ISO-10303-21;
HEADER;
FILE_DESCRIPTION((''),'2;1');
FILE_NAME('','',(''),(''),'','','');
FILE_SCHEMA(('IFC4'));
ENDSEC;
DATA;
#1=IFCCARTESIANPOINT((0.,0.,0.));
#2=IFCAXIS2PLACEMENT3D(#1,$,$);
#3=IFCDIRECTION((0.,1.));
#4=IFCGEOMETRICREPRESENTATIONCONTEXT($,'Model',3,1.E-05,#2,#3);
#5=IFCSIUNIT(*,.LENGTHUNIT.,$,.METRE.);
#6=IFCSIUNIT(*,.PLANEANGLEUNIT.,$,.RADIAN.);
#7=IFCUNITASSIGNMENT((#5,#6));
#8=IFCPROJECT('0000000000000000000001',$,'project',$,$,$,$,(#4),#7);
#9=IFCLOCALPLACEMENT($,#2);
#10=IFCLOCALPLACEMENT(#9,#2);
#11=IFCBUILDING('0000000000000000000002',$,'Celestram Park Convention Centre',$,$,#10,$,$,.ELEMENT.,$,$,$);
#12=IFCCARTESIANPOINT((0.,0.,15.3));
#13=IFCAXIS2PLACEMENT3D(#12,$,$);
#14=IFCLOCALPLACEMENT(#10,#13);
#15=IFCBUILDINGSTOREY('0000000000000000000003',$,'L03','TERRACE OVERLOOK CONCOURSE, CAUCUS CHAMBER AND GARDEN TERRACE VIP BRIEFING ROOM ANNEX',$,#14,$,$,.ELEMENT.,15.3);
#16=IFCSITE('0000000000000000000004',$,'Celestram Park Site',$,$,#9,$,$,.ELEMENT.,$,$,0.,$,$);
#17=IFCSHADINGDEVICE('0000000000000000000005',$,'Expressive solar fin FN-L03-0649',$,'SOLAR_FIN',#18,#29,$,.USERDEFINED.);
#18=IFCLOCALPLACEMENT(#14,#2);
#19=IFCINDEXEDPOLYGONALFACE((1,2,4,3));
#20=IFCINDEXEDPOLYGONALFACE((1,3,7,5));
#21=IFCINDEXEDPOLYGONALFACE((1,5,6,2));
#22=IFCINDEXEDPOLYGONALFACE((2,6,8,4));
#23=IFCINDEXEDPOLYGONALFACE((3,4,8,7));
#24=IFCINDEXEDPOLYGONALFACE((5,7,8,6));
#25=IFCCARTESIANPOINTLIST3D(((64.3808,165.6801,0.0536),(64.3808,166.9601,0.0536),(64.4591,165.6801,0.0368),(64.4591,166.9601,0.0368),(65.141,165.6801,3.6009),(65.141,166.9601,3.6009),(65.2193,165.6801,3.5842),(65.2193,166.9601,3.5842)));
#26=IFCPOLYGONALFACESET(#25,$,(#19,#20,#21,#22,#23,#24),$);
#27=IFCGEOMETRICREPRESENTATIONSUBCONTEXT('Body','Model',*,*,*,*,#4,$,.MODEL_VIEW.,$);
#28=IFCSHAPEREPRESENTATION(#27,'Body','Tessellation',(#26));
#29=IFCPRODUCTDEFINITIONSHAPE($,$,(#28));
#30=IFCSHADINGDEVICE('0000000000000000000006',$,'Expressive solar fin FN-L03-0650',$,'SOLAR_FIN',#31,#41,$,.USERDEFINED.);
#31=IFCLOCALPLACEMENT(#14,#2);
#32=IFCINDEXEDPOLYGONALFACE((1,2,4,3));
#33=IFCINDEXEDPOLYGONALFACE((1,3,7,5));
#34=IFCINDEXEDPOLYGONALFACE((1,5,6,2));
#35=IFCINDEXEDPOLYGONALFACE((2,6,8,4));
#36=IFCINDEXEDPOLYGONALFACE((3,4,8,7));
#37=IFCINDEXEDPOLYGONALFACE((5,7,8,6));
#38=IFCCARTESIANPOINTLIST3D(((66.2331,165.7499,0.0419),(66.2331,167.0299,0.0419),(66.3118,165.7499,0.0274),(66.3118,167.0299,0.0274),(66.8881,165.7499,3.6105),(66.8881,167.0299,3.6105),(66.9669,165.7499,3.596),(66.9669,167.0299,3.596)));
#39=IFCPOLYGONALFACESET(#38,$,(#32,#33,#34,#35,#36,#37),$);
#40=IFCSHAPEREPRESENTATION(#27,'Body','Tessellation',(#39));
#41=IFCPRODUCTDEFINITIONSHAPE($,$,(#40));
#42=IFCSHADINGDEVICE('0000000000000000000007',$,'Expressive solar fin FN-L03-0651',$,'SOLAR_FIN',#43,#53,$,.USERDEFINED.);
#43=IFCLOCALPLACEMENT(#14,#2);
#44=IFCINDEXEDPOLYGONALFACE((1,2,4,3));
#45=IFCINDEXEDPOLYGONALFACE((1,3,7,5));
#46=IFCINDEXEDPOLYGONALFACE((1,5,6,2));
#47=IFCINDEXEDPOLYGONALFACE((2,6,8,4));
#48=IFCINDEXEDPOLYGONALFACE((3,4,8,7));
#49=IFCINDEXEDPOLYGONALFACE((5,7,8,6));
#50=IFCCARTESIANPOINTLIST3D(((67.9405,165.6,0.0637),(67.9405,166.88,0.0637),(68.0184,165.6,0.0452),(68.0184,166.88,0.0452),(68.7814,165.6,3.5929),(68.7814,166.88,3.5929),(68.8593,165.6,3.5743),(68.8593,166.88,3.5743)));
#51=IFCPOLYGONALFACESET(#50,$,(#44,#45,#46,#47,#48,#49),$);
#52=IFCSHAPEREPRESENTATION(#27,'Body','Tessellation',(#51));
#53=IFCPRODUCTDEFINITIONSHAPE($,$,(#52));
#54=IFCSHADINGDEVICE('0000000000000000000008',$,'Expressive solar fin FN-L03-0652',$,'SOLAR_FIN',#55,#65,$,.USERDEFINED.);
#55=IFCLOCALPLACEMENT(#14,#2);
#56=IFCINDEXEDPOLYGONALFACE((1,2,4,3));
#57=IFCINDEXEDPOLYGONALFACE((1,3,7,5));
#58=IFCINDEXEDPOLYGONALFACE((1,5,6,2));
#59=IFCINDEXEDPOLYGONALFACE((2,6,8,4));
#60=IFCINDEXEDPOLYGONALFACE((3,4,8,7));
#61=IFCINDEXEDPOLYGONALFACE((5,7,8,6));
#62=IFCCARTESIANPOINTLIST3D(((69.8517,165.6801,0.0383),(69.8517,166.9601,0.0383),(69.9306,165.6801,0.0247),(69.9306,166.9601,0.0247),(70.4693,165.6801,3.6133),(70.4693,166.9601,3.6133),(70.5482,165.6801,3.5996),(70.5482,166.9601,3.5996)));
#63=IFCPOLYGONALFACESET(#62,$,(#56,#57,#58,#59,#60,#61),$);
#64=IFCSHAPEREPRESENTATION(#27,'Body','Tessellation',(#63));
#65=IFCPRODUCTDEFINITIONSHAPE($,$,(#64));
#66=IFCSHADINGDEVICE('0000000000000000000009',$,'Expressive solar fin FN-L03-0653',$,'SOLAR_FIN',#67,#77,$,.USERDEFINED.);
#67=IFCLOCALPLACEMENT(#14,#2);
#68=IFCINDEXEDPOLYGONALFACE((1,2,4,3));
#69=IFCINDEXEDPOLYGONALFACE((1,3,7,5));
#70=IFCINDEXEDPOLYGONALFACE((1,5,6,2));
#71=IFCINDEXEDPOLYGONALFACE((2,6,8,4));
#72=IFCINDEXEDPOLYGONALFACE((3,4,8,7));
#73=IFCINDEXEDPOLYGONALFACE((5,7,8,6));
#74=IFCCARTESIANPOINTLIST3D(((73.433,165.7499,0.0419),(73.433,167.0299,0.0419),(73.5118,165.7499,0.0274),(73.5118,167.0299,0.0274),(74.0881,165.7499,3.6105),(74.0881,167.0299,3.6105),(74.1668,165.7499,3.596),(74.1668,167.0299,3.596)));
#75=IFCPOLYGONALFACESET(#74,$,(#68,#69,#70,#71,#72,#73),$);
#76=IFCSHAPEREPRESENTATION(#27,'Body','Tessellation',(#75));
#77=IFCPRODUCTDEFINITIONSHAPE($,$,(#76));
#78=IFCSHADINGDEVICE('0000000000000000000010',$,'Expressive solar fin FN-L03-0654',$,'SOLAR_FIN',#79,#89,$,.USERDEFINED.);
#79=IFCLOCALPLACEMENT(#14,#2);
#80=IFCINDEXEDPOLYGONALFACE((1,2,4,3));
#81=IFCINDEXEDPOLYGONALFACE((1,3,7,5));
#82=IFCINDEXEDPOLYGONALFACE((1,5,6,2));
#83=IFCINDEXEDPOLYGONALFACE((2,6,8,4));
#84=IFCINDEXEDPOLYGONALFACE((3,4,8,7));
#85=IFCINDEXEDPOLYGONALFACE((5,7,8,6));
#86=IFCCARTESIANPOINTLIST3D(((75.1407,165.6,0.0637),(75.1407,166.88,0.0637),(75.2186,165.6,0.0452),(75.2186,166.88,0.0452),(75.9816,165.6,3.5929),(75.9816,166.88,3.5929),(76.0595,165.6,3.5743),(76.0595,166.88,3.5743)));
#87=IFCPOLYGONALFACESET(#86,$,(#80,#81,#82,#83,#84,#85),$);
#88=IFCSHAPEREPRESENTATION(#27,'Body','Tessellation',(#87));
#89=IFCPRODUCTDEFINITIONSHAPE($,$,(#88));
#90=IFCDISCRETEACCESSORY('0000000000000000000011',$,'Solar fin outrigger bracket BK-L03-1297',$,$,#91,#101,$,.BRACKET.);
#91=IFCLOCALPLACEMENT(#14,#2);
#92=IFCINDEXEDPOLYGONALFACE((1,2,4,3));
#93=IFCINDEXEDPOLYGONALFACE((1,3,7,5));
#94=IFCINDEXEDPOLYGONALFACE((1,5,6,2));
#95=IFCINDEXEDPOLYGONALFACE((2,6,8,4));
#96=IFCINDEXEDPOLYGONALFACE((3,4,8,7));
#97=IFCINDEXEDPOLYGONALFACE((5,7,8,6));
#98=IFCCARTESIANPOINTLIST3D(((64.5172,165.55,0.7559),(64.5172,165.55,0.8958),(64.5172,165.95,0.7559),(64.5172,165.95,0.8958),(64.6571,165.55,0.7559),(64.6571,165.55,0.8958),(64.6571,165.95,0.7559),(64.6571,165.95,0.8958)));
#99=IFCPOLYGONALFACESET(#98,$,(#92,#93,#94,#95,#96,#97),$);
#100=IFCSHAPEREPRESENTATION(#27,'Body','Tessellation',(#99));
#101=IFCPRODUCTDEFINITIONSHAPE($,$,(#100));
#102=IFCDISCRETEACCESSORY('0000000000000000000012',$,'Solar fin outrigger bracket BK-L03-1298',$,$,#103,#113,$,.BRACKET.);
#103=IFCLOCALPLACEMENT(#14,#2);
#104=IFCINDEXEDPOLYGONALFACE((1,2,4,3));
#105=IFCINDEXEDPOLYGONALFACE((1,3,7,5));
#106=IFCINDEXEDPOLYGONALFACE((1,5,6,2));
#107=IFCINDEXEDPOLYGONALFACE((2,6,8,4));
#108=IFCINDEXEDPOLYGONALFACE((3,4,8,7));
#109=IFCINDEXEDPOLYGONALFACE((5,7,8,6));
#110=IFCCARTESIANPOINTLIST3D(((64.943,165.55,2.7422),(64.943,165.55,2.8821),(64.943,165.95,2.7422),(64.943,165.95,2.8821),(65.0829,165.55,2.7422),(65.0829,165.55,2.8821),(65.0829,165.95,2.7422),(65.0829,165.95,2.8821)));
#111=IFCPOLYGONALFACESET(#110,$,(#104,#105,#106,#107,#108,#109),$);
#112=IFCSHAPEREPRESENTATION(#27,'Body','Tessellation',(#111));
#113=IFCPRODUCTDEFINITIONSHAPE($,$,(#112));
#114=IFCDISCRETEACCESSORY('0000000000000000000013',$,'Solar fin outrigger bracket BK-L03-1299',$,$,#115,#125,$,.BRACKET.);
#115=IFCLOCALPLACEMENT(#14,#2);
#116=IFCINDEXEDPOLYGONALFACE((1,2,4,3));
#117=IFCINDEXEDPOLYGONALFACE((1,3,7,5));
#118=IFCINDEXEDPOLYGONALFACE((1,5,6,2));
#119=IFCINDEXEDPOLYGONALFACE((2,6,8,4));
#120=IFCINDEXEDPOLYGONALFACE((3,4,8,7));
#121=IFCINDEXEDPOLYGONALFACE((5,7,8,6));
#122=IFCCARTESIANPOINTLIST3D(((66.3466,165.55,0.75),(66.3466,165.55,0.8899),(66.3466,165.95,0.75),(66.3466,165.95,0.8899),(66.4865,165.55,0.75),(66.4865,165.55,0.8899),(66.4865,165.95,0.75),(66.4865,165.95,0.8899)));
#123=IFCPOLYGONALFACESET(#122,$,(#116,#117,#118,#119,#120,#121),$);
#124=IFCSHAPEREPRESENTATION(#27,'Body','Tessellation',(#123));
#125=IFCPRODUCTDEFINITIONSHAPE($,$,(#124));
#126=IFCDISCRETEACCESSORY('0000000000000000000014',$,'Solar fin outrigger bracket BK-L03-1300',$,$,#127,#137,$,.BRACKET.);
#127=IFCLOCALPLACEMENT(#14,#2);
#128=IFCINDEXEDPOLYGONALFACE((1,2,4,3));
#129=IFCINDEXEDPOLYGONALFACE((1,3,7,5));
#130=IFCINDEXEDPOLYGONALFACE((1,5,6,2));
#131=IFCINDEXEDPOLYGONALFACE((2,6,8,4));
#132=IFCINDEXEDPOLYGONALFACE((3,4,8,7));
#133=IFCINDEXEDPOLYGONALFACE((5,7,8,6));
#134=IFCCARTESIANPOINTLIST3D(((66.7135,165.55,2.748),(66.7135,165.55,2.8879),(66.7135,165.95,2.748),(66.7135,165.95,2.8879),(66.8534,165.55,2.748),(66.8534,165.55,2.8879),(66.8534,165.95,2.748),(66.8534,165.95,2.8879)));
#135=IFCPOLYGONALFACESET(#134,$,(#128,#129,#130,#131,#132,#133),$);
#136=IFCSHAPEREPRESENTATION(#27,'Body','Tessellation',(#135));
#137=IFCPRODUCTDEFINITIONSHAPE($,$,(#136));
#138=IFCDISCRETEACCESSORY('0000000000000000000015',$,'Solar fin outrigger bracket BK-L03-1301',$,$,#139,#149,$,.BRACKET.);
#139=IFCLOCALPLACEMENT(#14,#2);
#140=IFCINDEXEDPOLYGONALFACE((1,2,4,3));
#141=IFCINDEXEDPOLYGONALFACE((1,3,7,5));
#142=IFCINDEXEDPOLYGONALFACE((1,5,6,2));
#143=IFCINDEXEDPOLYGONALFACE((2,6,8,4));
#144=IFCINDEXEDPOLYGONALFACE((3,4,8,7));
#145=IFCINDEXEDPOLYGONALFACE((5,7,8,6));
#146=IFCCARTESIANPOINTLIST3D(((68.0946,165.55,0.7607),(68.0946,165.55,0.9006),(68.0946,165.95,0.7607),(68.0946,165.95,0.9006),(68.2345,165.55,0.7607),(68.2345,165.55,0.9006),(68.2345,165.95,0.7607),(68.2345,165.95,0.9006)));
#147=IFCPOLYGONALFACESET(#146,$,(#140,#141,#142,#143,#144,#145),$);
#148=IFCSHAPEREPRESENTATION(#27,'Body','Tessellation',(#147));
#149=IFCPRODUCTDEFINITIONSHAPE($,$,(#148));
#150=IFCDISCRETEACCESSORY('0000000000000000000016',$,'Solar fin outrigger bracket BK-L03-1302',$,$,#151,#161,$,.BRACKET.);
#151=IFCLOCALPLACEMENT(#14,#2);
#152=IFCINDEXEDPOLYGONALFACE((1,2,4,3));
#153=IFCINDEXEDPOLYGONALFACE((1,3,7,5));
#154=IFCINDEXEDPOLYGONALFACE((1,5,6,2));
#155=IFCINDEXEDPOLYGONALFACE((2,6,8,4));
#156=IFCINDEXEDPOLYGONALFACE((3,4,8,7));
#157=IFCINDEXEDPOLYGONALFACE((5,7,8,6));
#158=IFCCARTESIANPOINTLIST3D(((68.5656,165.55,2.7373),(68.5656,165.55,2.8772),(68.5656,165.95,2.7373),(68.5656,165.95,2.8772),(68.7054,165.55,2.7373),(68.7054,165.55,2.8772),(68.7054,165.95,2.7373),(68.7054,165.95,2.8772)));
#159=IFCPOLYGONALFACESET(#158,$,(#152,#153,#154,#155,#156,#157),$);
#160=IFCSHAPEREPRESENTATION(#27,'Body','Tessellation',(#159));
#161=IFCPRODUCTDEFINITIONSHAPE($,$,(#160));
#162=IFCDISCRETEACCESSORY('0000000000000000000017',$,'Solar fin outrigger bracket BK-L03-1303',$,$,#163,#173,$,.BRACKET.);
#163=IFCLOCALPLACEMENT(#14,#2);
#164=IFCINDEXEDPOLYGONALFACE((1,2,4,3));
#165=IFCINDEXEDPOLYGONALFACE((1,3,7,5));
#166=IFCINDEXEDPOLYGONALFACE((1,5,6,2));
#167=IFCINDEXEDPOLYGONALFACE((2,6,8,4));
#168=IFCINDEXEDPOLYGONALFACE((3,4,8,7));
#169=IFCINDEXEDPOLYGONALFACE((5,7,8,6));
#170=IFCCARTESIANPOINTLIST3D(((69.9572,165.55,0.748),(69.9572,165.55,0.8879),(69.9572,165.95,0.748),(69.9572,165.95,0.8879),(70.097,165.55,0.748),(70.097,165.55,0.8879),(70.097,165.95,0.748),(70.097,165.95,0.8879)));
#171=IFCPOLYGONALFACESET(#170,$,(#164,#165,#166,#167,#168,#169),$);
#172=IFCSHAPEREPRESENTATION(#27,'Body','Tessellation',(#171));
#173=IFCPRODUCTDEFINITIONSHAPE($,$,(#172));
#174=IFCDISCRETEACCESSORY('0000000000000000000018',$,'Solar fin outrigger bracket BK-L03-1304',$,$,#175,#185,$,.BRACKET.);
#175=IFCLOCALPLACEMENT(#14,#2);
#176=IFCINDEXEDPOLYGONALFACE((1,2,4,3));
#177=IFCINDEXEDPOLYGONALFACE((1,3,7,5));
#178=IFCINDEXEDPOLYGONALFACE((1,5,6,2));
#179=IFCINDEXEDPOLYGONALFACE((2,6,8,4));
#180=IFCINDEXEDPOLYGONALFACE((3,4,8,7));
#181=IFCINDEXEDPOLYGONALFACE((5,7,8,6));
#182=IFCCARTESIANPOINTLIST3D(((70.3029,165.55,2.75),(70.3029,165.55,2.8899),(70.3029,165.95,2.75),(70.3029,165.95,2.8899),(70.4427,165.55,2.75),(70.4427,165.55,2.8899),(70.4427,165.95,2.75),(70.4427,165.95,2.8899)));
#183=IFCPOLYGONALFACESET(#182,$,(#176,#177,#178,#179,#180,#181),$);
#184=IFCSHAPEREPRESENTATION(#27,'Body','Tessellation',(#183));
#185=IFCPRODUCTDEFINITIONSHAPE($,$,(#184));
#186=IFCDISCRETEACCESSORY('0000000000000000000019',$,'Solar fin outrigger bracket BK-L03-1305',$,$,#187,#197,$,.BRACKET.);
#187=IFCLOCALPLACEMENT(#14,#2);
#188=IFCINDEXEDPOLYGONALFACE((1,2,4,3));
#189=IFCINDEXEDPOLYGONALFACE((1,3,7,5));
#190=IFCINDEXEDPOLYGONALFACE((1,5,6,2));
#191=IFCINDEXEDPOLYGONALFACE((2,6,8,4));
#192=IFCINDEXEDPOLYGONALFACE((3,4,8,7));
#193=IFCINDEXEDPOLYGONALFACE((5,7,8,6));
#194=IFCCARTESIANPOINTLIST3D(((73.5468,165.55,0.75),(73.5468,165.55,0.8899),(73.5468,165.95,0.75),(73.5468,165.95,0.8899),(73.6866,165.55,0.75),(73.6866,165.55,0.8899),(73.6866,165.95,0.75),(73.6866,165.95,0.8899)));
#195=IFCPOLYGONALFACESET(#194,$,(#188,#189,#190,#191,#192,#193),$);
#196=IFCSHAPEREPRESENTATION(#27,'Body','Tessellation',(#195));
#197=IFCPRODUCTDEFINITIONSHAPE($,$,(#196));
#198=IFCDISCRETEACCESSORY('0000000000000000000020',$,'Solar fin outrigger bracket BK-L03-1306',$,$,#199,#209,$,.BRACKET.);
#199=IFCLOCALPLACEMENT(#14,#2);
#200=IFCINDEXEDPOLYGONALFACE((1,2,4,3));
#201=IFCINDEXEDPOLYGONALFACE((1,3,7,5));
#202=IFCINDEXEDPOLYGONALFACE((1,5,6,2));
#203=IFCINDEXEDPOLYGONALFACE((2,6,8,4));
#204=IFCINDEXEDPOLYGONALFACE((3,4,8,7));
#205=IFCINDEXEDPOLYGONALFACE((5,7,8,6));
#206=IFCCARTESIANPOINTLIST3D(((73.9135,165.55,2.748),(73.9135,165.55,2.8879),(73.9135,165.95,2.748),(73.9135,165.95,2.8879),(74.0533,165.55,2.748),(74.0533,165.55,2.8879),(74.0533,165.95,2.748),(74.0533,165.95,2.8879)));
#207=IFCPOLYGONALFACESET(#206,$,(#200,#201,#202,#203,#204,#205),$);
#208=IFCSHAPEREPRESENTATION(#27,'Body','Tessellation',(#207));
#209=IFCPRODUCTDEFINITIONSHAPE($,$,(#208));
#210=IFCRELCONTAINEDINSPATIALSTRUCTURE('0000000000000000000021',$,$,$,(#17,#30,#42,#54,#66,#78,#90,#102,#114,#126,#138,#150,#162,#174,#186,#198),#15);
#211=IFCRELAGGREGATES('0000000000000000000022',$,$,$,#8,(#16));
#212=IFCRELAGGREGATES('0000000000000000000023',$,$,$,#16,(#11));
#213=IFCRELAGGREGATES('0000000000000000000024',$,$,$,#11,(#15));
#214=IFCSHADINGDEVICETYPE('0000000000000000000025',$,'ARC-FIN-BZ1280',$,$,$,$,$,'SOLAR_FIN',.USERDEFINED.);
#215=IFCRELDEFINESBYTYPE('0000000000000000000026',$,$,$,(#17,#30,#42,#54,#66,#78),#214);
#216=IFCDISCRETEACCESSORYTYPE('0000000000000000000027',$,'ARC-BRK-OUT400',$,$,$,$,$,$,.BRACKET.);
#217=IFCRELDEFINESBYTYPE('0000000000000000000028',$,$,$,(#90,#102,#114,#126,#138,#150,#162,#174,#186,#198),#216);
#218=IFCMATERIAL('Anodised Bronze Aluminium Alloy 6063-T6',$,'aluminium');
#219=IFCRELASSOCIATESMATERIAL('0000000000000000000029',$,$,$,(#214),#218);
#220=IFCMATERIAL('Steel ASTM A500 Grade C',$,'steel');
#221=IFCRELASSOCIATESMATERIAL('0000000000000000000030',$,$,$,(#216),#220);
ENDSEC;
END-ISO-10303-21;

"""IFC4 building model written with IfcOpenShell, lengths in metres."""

from ifc_helpers import new_model, si_unit, direction, frame, origin, origin_2d, place, context, subcontext, project, spatial, rectangle, extrude, material, material_profile, profile_set, type_object, element, save


model = new_model("IFC4")

# Units and contexts
model_context = context("Model", 3, precision=1e-05, world=origin(), true_north=direction((0.0, 1.0)))
body_context = subcontext(model_context, "Body", "Model", "MODEL_VIEW")
ifc_project = project(units=[si_unit("LENGTHUNIT", "METRE"), si_unit("PLANEANGLEUNIT", "RADIAN")], contexts=[model_context])

# Site, building, storey
site_placement = place(None, origin())
site = spatial("IfcSite", under=ifc_project, at=site_placement, Name="Celestram Park Site", CompositionType="ELEMENT", RefElevation=0.0)
building_placement = place(site_placement, origin())
building = spatial("IfcBuilding", under=site, at=building_placement, Name="Celestram Park Convention Centre", CompositionType="ELEMENT")
storey_placement = place(building_placement, frame((0.0, 0.0, 15.3)))
storey = spatial("IfcBuildingStorey", under=building, at=storey_placement, Name="L03", Description="TERRACE OVERLOOK CONCOURSE, CAUCUS CHAMBER AND GARDEN TERRACE VIP BRIEFING ROOM ANNEX", CompositionType="ELEMENT", Elevation=15.3)

# Shading devices
ifc_material_1 = material(Name="Anodised Bronze Aluminium Alloy 6063-T6", Category="aluminium")
ifc_material_profile_1 = material_profile(ifc_material_1, rectangle(XDim=1.28, YDim=0.0801, at=origin_2d()), Name="FIN1280X80")
ifc_profile_set_1 = profile_set([ifc_material_profile_1], Name="Anodised Bronze Aluminium Alloy 6063-T6")
shading_device_type = type_object("IfcShadingDeviceType", Name="ARC-FIN-BZ1280", ElementType="SOLAR_FIN", PredefinedType="USERDEFINED", material=ifc_profile_set_1)
shading_device_1_placement = place(storey_placement, frame((64.4199, 166.3201, 0.0452), z_axis=(0.209557, 0.0, 0.977797), x_axis=(0.0, 1.0, 0.0)))
element("IfcShadingDevice", 1, at=shading_device_1_placement, inside=storey, type_object=shading_device_type, Name="Expressive solar fin FN-L03-0649", ObjectType="SOLAR_FIN", PredefinedType="USERDEFINED", context=body_context, shape_type="SweptSolid", body=[
    extrude(rectangle(XDim=1.28, YDim=0.0801, at=origin_2d()), origin(), (0.0, 0.0, 1.0), 3.6279),
])
shading_device_2_placement = place(storey_placement, frame((66.2725, 166.3899, 0.0347), z_axis=(0.180537, 0.0, 0.983568), x_axis=(0.0, 1.0, 0.0)))
element("IfcShadingDevice", 2, at=shading_device_2_placement, inside=storey, type_object=shading_device_type, Name="Expressive solar fin FN-L03-0650", ObjectType="SOLAR_FIN", PredefinedType="USERDEFINED", context=body_context, shape_type="SweptSolid", body=[
    extrude(rectangle(XDim=1.28, YDim=0.0801, at=origin_2d()), origin(), (0.0, 0.0, 1.0), 3.6282),
])
for number, where, z_axis, x_axis, name in (
    (3, (67.9795, 166.24, 0.0544), (0.231769, 0.0, 0.972771), (0.0, 1.0, 0.0), "Expressive solar fin FN-L03-0651"),
    (4, (69.8911, 166.3201, 0.0315), (0.170256, 0.0, 0.9854), (0.0, 1.0, 0.0), "Expressive solar fin FN-L03-0652"),
):
    element("IfcShadingDevice", number, at=place(storey_placement, frame(where, z_axis=z_axis, x_axis=x_axis)), inside=storey, type_object=shading_device_type, Name=name, ObjectType="SOLAR_FIN", PredefinedType="USERDEFINED", context=body_context, shape_type="SweptSolid", body=[
        extrude(rectangle(XDim=1.28, YDim=0.0801, at=origin_2d()), origin(), (0.0, 0.0, 1.0), 3.6279),
    ])
shading_device_3_placement = place(storey_placement, frame((73.4724, 166.3899, 0.0347), z_axis=(0.180537, 0.0, 0.983568), x_axis=(0.0, 1.0, 0.0)))
element("IfcShadingDevice", 5, at=shading_device_3_placement, inside=storey, type_object=shading_device_type, Name="Expressive solar fin FN-L03-0653", ObjectType="SOLAR_FIN", PredefinedType="USERDEFINED", context=body_context, shape_type="SweptSolid", body=[
    extrude(rectangle(XDim=1.28, YDim=0.0801, at=origin_2d()), origin(), (0.0, 0.0, 1.0), 3.6282),
])
shading_device_4_placement = place(storey_placement, frame((75.1797, 166.24, 0.0544), z_axis=(0.231769, 0.0, 0.972771), x_axis=(0.0, 1.0, 0.0)))
element("IfcShadingDevice", 6, at=shading_device_4_placement, inside=storey, type_object=shading_device_type, Name="Expressive solar fin FN-L03-0654", ObjectType="SOLAR_FIN", PredefinedType="USERDEFINED", context=body_context, shape_type="SweptSolid", body=[
    extrude(rectangle(XDim=1.28, YDim=0.0801, at=origin_2d()), origin(), (0.0, 0.0, 1.0), 3.6279),
])

# Discrete accessories
ifc_material_2 = material(Name="Steel ASTM A500 Grade C", Category="steel")
discrete_accessory_type = type_object("IfcDiscreteAccessoryType", Name="ARC-BRK-OUT400", PredefinedType="BRACKET", material=ifc_material_2)
for number, where, z_axis, x_axis, name in (
    (7, (64.5872, 165.75, 0.7559), (0.0, 0.0, 1.0), (0.0, 1.0, 0.0), "Solar fin outrigger bracket BK-L03-1297"),
    (8, (65.0129, 165.75, 2.7422), (0.0, 0.0, 1.0), (0.0, 1.0, 0.0), "Solar fin outrigger bracket BK-L03-1298"),
    (9, (66.4165, 165.75, 0.75), (0.0, 0.0, 1.0), (0.0, 1.0, 0.0), "Solar fin outrigger bracket BK-L03-1299"),
    (10, (66.7834, 165.75, 2.748), (0.0, 0.0, 1.0), (0.0, 1.0, 0.0), "Solar fin outrigger bracket BK-L03-1300"),
    (11, (68.1646, 165.75, 0.7607), (0.0, 0.0, 1.0), (0.0, 1.0, 0.0), "Solar fin outrigger bracket BK-L03-1301"),
    (12, (68.6355, 165.75, 2.7373), (0.0, 0.0, 1.0), (0.0, 1.0, 0.0), "Solar fin outrigger bracket BK-L03-1302"),
    (13, (70.0271, 165.75, 0.748), (0.0, 0.0, 1.0), (0.0, 1.0, 0.0), "Solar fin outrigger bracket BK-L03-1303"),
    (14, (70.3728, 165.75, 2.75), (0.0, 0.0, 1.0), (0.0, 1.0, 0.0), "Solar fin outrigger bracket BK-L03-1304"),
    (15, (73.6167, 165.75, 0.75), (0.0, 0.0, 1.0), (0.0, 1.0, 0.0), "Solar fin outrigger bracket BK-L03-1305"),
    (16, (73.9834, 165.75, 2.748), (0.0, 0.0, 1.0), (0.0, 1.0, 0.0), "Solar fin outrigger bracket BK-L03-1306"),
):
    element("IfcDiscreteAccessory", number, at=place(storey_placement, frame(where, z_axis=z_axis, x_axis=x_axis)), inside=storey, type_object=discrete_accessory_type, Name=name, PredefinedType="BRACKET", context=body_context, shape_type="SweptSolid", body=[
        extrude(rectangle(XDim=0.3999, YDim=0.1399, at=origin_2d()), origin(), (0.0, 0.0, 1.0), 0.1399),
    ])

save(model, "model.ifc")
